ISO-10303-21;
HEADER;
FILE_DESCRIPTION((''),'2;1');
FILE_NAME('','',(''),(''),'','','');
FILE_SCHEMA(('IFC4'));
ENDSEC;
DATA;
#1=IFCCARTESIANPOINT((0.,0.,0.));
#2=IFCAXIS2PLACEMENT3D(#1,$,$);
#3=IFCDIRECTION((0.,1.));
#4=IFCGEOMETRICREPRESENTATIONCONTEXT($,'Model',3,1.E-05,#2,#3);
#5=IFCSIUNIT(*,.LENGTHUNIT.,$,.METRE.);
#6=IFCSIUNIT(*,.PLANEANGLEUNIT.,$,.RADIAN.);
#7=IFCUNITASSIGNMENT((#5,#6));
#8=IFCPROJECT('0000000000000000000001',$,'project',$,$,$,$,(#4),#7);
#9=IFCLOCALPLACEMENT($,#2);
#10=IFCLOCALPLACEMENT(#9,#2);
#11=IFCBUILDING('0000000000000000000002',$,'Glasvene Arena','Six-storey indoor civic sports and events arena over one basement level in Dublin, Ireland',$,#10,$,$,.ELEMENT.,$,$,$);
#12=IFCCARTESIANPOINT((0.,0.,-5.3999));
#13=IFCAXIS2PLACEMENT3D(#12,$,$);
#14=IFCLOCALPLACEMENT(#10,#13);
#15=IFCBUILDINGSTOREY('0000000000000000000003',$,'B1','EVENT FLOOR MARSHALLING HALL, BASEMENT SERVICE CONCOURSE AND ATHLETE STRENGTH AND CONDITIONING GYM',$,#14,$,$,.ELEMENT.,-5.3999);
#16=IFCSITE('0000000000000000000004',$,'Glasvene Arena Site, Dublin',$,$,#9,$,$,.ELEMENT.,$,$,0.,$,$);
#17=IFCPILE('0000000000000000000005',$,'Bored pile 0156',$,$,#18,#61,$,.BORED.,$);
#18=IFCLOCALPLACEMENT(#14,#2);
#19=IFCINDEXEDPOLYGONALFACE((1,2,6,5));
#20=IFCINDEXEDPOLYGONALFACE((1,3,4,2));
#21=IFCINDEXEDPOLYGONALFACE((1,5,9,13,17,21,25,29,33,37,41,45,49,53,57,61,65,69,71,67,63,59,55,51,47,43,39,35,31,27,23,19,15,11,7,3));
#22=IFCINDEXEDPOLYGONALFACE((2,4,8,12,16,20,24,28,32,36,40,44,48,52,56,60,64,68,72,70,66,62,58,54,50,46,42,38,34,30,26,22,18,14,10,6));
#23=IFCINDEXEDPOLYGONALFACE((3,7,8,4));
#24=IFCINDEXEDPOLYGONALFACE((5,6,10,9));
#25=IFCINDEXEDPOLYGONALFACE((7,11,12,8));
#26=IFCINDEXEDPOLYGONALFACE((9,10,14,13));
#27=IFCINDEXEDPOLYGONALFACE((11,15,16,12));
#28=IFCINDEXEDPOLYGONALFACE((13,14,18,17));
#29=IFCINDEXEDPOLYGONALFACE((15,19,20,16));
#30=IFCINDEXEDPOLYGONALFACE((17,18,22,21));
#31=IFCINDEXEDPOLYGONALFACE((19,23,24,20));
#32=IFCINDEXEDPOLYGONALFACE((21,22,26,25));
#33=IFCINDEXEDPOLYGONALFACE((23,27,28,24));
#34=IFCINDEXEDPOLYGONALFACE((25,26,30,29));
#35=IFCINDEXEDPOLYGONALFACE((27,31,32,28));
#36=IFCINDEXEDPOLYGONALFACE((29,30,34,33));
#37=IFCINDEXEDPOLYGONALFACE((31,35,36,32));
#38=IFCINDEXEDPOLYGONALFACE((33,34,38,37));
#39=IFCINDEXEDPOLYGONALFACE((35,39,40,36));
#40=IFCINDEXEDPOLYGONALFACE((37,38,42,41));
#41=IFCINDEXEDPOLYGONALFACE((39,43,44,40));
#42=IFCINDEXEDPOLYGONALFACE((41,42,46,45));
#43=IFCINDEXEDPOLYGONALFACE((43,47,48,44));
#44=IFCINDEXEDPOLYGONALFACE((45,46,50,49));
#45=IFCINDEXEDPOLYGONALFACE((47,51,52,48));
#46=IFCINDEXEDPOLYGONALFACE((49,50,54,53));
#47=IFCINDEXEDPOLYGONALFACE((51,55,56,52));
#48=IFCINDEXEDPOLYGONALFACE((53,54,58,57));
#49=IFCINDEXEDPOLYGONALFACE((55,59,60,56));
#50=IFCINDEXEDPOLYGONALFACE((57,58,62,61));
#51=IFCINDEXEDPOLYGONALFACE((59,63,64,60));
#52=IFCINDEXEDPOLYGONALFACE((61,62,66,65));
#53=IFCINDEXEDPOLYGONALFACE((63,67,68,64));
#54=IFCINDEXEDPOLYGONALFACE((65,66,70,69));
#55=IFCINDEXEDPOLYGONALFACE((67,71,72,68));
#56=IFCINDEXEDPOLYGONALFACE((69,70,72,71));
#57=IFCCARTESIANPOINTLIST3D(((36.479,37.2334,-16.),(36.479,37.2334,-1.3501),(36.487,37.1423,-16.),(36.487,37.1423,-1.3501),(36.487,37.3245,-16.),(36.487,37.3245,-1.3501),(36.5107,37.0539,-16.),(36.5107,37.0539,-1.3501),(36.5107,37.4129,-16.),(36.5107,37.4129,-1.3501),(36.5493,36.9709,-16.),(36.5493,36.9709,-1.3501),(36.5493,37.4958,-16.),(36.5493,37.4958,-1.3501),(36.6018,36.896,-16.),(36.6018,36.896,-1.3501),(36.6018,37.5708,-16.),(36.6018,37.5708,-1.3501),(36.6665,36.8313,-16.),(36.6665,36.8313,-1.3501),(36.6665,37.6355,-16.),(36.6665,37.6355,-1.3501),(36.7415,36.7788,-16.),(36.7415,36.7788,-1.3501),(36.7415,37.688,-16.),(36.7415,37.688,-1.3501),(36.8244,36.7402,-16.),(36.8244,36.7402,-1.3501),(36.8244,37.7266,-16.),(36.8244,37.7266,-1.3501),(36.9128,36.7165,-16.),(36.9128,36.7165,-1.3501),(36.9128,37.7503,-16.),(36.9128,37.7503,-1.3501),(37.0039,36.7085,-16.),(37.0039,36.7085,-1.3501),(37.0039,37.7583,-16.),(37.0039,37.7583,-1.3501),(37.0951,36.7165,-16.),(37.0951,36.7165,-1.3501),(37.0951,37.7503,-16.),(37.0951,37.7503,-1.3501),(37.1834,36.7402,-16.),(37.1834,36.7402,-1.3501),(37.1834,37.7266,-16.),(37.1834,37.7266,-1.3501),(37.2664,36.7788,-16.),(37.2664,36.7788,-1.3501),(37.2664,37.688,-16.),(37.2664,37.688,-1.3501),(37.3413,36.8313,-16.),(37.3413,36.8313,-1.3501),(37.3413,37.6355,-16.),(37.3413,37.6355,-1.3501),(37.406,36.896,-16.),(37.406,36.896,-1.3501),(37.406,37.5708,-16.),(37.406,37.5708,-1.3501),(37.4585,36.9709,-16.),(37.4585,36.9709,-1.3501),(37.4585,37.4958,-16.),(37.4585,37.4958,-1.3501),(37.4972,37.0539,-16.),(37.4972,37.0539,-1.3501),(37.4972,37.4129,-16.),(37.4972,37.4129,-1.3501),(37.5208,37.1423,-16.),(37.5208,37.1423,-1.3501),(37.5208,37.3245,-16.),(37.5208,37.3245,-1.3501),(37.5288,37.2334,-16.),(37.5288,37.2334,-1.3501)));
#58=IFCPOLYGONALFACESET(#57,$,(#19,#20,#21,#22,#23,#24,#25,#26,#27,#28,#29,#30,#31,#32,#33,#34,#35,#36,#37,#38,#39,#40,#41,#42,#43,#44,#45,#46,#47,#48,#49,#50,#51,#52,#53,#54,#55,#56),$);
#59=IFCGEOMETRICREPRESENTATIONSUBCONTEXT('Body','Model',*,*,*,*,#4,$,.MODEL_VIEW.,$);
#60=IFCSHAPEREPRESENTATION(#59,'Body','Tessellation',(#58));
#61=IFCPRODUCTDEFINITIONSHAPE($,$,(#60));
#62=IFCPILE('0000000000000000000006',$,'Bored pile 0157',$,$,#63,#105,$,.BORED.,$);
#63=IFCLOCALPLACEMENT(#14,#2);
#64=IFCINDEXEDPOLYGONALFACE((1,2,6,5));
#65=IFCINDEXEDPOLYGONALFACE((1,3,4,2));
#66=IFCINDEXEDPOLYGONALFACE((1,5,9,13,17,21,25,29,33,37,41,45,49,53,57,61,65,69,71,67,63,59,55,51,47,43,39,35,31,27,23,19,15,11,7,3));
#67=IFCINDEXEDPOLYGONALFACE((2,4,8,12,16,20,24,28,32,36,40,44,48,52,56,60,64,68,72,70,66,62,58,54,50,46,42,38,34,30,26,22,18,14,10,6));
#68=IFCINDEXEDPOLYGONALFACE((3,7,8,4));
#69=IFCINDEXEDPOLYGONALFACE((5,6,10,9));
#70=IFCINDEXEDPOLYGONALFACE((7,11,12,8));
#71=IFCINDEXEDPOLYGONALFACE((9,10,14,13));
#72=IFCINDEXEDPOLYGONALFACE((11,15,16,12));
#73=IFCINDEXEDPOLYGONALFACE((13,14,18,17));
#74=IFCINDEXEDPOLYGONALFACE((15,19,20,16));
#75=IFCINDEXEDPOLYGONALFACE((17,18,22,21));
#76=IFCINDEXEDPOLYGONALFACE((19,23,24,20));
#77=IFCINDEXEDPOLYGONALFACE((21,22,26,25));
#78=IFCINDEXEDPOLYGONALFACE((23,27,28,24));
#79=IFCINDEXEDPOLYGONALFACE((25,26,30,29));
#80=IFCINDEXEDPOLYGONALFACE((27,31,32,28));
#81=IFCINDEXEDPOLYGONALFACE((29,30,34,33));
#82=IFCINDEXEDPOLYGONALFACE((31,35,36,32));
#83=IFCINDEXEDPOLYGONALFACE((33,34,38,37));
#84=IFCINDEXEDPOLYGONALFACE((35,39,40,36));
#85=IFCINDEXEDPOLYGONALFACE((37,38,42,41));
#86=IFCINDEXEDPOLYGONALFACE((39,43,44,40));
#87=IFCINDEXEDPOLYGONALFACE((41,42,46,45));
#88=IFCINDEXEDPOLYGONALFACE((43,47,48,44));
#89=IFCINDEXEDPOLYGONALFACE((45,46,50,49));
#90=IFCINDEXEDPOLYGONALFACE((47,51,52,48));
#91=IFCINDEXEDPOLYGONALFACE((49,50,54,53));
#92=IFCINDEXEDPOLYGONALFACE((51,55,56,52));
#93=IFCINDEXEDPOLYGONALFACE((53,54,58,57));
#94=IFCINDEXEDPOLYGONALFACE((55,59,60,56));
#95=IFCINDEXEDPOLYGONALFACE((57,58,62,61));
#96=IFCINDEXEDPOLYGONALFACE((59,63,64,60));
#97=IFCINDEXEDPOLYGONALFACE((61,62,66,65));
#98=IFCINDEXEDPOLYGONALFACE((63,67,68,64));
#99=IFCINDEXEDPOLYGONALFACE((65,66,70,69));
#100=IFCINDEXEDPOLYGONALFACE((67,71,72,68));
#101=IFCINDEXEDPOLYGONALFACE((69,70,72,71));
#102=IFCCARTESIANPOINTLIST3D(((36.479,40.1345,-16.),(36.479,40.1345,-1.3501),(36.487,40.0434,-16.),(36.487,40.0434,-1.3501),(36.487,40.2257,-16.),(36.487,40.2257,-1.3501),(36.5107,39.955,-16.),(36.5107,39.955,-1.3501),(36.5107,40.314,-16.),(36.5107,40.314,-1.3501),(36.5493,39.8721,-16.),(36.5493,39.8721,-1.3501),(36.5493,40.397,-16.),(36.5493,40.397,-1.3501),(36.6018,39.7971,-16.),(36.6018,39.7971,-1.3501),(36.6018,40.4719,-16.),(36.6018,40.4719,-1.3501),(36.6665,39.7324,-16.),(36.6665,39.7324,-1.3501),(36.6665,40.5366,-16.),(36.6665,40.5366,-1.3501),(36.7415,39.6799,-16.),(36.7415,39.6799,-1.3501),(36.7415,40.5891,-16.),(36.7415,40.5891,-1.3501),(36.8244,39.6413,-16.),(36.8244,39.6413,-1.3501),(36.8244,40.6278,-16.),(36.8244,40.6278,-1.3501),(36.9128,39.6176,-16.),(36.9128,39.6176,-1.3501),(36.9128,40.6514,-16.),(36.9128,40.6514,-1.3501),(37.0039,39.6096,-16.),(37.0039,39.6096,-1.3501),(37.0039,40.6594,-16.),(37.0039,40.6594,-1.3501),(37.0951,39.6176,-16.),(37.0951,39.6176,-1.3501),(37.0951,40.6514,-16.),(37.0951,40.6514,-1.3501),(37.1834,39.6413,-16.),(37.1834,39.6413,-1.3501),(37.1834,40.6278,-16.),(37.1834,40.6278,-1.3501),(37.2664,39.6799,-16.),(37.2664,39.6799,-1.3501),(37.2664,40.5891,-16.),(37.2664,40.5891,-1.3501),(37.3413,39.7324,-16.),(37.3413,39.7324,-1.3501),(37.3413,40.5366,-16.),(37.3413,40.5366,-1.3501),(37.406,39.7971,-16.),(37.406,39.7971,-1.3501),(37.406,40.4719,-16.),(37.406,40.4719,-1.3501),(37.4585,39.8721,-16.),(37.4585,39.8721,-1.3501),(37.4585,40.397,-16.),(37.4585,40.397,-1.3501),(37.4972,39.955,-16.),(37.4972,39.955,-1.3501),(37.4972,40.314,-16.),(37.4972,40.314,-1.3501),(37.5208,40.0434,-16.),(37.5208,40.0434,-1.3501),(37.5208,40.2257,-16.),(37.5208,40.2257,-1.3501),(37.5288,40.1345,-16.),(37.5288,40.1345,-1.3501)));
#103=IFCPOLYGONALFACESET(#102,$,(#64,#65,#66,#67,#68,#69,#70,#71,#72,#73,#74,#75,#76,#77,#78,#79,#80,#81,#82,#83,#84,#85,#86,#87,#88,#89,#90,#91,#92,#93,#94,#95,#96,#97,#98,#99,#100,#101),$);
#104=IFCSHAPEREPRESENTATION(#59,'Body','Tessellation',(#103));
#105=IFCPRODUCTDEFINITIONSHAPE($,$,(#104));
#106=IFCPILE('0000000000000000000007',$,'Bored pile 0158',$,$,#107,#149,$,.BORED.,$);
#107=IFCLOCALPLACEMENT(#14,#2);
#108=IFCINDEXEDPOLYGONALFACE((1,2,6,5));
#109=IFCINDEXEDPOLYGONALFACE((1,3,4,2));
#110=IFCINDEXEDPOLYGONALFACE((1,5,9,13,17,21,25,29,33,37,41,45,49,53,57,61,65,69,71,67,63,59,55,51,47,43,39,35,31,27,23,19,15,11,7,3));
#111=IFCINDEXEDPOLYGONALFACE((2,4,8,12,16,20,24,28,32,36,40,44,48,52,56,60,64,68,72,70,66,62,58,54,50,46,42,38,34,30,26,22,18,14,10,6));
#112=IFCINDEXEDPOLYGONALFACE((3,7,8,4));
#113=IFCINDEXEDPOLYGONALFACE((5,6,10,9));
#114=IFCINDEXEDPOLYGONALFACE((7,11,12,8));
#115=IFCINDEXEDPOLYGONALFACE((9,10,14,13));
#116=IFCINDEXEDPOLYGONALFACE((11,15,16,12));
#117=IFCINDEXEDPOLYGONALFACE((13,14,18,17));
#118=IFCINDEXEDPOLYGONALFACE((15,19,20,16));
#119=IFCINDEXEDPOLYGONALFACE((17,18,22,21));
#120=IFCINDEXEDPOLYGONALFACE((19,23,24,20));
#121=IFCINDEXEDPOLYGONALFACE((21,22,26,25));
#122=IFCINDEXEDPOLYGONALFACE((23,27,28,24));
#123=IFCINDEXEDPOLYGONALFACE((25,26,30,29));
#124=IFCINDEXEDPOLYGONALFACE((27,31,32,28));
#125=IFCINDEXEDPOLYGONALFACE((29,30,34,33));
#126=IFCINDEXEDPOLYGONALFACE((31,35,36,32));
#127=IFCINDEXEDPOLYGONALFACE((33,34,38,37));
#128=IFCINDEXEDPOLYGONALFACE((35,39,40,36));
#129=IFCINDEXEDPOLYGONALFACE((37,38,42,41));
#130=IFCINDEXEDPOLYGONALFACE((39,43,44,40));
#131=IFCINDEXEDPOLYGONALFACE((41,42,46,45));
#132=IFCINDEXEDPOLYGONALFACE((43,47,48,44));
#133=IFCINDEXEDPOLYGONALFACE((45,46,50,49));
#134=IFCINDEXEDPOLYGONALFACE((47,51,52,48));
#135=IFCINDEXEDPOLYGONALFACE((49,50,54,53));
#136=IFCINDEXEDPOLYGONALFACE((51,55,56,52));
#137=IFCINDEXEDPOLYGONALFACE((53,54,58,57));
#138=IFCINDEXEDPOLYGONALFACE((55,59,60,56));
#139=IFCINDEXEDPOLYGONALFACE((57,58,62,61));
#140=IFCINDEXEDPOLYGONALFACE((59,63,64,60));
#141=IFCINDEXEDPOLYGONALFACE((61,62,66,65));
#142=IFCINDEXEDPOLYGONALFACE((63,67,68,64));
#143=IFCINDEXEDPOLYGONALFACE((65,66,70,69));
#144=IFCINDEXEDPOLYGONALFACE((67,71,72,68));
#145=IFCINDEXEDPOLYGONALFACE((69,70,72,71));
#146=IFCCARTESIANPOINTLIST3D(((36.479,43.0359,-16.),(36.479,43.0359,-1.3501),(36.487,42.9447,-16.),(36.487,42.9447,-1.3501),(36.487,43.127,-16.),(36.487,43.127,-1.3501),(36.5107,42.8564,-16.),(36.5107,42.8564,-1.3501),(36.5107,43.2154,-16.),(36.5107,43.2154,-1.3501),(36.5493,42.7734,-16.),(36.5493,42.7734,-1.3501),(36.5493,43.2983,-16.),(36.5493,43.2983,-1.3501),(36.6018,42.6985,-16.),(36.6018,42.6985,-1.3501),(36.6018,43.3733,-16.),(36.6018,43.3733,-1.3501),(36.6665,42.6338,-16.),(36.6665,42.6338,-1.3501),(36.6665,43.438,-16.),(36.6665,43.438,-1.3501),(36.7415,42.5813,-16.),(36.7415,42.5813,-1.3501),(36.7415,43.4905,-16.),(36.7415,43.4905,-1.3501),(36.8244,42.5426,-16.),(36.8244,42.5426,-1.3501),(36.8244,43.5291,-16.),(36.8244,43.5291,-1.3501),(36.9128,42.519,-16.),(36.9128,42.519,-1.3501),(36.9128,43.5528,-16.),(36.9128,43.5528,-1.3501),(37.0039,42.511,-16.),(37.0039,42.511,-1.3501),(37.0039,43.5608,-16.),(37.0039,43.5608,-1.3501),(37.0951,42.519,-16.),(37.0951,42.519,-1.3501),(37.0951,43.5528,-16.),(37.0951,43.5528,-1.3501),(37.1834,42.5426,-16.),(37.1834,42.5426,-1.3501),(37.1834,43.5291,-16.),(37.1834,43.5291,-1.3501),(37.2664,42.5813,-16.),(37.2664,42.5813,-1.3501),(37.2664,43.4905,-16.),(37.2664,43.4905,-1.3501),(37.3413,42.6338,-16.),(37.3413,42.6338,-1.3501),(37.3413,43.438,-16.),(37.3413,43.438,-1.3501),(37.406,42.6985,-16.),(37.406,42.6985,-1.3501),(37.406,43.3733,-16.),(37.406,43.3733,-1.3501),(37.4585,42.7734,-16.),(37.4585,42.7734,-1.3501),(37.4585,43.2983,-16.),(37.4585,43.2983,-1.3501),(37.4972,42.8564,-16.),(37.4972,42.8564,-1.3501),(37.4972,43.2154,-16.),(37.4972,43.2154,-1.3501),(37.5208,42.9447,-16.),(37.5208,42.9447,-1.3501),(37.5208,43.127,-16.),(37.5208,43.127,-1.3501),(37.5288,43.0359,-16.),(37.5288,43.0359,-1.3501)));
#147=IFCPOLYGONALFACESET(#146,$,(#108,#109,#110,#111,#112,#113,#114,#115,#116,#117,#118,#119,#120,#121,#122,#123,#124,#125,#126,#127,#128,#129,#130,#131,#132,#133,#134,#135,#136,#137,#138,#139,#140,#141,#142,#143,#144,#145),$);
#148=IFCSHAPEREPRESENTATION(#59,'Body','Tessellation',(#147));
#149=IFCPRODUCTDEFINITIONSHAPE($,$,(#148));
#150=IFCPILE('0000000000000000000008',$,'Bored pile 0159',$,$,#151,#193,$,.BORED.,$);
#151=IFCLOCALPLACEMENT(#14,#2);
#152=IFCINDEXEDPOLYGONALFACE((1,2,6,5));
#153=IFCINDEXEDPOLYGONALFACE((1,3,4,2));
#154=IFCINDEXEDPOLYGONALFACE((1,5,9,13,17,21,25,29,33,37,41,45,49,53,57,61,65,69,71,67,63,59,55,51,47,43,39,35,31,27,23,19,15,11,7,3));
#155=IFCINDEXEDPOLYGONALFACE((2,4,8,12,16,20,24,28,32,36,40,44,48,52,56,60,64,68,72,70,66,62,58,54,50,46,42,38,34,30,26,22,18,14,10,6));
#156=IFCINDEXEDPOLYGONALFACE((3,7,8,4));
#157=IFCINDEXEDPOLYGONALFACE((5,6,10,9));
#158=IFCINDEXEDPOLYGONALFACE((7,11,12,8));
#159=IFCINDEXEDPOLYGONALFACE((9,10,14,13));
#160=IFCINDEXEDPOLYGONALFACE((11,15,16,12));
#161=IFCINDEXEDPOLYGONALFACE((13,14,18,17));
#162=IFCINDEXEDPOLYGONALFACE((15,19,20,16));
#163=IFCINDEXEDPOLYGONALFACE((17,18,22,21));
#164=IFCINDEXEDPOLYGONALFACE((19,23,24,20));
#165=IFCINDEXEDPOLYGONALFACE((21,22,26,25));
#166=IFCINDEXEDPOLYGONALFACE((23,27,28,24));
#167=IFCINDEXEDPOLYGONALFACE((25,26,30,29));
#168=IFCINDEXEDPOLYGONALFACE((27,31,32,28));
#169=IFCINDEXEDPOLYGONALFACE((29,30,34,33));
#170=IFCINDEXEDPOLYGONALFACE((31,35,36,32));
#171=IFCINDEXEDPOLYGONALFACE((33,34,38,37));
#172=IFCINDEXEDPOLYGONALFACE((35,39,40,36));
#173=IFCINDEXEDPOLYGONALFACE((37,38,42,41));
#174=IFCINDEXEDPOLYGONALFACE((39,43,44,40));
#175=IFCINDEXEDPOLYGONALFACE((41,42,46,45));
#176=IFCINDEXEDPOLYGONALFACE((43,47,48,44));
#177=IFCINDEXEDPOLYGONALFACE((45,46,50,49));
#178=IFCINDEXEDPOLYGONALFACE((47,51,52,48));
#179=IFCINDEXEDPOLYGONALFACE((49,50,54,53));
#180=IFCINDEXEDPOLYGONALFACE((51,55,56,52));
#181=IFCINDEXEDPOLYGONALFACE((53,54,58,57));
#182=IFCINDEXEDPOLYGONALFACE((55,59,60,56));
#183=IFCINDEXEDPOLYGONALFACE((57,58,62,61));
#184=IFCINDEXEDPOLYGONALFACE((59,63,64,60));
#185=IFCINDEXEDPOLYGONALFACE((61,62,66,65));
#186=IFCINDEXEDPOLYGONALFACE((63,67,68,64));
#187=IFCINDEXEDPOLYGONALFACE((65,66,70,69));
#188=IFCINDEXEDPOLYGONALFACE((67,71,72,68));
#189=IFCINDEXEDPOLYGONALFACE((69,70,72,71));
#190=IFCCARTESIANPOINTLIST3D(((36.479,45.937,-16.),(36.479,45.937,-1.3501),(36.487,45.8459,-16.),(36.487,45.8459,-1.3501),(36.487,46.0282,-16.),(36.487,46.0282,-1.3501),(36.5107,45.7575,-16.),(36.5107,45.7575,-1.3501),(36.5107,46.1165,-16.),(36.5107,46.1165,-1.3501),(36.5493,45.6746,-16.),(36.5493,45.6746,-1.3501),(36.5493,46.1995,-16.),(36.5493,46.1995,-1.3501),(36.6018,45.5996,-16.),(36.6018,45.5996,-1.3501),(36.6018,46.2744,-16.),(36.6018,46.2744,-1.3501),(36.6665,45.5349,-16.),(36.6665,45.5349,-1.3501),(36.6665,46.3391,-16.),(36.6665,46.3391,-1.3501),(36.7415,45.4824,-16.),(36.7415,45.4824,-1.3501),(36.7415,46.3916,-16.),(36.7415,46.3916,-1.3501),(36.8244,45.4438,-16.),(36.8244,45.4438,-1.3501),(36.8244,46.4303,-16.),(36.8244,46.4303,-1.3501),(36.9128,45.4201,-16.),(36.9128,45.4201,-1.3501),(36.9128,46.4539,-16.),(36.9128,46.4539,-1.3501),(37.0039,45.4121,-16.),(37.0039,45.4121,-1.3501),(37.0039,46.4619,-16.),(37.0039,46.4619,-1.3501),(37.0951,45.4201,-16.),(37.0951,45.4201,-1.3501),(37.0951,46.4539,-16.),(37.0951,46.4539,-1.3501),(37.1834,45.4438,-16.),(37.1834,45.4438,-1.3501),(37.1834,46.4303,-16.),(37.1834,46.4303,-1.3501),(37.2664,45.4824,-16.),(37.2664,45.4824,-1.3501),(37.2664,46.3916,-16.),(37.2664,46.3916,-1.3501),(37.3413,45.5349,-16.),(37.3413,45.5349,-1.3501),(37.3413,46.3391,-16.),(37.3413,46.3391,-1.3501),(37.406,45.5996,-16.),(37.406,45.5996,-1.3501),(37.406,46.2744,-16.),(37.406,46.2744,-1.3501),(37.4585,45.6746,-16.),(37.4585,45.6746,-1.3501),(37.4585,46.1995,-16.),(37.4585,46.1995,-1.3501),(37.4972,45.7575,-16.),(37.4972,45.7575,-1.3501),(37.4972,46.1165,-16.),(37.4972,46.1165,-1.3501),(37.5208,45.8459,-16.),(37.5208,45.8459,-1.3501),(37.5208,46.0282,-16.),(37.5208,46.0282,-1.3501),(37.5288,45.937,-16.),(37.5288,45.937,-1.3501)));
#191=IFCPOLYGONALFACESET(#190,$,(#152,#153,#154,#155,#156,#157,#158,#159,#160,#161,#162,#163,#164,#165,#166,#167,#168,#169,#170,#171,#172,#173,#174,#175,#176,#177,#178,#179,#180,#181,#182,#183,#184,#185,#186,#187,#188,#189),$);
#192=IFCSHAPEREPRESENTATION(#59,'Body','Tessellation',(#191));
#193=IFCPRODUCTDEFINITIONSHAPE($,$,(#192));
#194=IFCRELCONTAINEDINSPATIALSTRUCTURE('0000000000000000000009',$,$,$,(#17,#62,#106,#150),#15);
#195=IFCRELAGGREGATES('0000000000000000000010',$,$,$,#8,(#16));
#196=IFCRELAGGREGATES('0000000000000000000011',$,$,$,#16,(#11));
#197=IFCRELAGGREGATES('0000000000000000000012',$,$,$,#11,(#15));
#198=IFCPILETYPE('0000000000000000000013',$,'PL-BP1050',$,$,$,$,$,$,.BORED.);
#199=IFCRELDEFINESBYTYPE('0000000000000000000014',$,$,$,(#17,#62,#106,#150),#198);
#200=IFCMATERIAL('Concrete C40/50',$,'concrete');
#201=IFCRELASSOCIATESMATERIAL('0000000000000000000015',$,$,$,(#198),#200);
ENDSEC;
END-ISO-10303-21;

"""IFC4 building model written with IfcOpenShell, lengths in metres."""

from ifc_helpers import new_model, si_unit, direction, frame, origin, origin_2d, place, context, subcontext, project, spatial, circle, extrude, material, material_profile, profile_set, type_object, element, save


model = new_model("IFC4")

# Units and contexts
model_context = context("Model", 3, precision=1e-05, world=origin(), true_north=direction((0.0, 1.0)))
body_context = subcontext(model_context, "Body", "Model", "MODEL_VIEW")
ifc_project = project(units=[si_unit("LENGTHUNIT", "METRE"), si_unit("PLANEANGLEUNIT", "RADIAN")], contexts=[model_context])

# Site, building, storey
site_placement = place(None, origin())
site = spatial("IfcSite", under=ifc_project, at=site_placement, Name="Glasvene Arena Site, Dublin", CompositionType="ELEMENT", RefElevation=0.0)
building_placement = place(site_placement, origin())
building = spatial("IfcBuilding", under=site, at=building_placement, Name="Glasvene Arena", Description="Six-storey indoor civic sports and events arena over one basement level in Dublin, Ireland", CompositionType="ELEMENT")
storey_placement = place(building_placement, frame((0.0, 0.0, -5.3999)))
storey = spatial("IfcBuildingStorey", under=building, at=storey_placement, Name="B1", Description="EVENT FLOOR MARSHALLING HALL, BASEMENT SERVICE CONCOURSE AND ATHLETE STRENGTH AND CONDITIONING GYM", CompositionType="ELEMENT", Elevation=-5.3999)

# Piles
ifc_material_1 = material(Name="Concrete C40/50", Category="concrete")
ifc_material_profile_1 = material_profile(ifc_material_1, circle(Radius=0.5249, at=origin_2d()), Name="BORED PILE 1050")
ifc_profile_set_1 = profile_set([ifc_material_profile_1], Name="Concrete C40/50")
pile_type = type_object("IfcPileType", Name="PL-BP1050", PredefinedType="BORED", material=ifc_profile_set_1)
for number, where, z_axis, x_axis, name in (
    (1, (37.0039, 37.2334, -1.3501), (0.0, 0.0, -1.0), (1.0, 0.0, 0.0), "Bored pile 0156"),
    (2, (37.0039, 40.1345, -1.3501), (0.0, 0.0, -1.0), (1.0, 0.0, 0.0), "Bored pile 0157"),
    (3, (37.0039, 43.0359, -1.3501), (0.0, 0.0, -1.0), (1.0, 0.0, 0.0), "Bored pile 0158"),
    (4, (37.0039, 45.937, -1.3501), (0.0, 0.0, -1.0), (1.0, 0.0, 0.0), "Bored pile 0159"),
):
    element("IfcPile", number, at=place(storey_placement, frame(where, z_axis=z_axis, x_axis=x_axis)), inside=storey, type_object=pile_type, Name=name, PredefinedType="BORED", context=body_context, shape_type="SweptSolid", body=[
        extrude(circle(Radius=0.5249, at=origin_2d()), origin(), (0.0, 0.0, 1.0), 14.6499),
    ])

save(model, "model.ifc")
